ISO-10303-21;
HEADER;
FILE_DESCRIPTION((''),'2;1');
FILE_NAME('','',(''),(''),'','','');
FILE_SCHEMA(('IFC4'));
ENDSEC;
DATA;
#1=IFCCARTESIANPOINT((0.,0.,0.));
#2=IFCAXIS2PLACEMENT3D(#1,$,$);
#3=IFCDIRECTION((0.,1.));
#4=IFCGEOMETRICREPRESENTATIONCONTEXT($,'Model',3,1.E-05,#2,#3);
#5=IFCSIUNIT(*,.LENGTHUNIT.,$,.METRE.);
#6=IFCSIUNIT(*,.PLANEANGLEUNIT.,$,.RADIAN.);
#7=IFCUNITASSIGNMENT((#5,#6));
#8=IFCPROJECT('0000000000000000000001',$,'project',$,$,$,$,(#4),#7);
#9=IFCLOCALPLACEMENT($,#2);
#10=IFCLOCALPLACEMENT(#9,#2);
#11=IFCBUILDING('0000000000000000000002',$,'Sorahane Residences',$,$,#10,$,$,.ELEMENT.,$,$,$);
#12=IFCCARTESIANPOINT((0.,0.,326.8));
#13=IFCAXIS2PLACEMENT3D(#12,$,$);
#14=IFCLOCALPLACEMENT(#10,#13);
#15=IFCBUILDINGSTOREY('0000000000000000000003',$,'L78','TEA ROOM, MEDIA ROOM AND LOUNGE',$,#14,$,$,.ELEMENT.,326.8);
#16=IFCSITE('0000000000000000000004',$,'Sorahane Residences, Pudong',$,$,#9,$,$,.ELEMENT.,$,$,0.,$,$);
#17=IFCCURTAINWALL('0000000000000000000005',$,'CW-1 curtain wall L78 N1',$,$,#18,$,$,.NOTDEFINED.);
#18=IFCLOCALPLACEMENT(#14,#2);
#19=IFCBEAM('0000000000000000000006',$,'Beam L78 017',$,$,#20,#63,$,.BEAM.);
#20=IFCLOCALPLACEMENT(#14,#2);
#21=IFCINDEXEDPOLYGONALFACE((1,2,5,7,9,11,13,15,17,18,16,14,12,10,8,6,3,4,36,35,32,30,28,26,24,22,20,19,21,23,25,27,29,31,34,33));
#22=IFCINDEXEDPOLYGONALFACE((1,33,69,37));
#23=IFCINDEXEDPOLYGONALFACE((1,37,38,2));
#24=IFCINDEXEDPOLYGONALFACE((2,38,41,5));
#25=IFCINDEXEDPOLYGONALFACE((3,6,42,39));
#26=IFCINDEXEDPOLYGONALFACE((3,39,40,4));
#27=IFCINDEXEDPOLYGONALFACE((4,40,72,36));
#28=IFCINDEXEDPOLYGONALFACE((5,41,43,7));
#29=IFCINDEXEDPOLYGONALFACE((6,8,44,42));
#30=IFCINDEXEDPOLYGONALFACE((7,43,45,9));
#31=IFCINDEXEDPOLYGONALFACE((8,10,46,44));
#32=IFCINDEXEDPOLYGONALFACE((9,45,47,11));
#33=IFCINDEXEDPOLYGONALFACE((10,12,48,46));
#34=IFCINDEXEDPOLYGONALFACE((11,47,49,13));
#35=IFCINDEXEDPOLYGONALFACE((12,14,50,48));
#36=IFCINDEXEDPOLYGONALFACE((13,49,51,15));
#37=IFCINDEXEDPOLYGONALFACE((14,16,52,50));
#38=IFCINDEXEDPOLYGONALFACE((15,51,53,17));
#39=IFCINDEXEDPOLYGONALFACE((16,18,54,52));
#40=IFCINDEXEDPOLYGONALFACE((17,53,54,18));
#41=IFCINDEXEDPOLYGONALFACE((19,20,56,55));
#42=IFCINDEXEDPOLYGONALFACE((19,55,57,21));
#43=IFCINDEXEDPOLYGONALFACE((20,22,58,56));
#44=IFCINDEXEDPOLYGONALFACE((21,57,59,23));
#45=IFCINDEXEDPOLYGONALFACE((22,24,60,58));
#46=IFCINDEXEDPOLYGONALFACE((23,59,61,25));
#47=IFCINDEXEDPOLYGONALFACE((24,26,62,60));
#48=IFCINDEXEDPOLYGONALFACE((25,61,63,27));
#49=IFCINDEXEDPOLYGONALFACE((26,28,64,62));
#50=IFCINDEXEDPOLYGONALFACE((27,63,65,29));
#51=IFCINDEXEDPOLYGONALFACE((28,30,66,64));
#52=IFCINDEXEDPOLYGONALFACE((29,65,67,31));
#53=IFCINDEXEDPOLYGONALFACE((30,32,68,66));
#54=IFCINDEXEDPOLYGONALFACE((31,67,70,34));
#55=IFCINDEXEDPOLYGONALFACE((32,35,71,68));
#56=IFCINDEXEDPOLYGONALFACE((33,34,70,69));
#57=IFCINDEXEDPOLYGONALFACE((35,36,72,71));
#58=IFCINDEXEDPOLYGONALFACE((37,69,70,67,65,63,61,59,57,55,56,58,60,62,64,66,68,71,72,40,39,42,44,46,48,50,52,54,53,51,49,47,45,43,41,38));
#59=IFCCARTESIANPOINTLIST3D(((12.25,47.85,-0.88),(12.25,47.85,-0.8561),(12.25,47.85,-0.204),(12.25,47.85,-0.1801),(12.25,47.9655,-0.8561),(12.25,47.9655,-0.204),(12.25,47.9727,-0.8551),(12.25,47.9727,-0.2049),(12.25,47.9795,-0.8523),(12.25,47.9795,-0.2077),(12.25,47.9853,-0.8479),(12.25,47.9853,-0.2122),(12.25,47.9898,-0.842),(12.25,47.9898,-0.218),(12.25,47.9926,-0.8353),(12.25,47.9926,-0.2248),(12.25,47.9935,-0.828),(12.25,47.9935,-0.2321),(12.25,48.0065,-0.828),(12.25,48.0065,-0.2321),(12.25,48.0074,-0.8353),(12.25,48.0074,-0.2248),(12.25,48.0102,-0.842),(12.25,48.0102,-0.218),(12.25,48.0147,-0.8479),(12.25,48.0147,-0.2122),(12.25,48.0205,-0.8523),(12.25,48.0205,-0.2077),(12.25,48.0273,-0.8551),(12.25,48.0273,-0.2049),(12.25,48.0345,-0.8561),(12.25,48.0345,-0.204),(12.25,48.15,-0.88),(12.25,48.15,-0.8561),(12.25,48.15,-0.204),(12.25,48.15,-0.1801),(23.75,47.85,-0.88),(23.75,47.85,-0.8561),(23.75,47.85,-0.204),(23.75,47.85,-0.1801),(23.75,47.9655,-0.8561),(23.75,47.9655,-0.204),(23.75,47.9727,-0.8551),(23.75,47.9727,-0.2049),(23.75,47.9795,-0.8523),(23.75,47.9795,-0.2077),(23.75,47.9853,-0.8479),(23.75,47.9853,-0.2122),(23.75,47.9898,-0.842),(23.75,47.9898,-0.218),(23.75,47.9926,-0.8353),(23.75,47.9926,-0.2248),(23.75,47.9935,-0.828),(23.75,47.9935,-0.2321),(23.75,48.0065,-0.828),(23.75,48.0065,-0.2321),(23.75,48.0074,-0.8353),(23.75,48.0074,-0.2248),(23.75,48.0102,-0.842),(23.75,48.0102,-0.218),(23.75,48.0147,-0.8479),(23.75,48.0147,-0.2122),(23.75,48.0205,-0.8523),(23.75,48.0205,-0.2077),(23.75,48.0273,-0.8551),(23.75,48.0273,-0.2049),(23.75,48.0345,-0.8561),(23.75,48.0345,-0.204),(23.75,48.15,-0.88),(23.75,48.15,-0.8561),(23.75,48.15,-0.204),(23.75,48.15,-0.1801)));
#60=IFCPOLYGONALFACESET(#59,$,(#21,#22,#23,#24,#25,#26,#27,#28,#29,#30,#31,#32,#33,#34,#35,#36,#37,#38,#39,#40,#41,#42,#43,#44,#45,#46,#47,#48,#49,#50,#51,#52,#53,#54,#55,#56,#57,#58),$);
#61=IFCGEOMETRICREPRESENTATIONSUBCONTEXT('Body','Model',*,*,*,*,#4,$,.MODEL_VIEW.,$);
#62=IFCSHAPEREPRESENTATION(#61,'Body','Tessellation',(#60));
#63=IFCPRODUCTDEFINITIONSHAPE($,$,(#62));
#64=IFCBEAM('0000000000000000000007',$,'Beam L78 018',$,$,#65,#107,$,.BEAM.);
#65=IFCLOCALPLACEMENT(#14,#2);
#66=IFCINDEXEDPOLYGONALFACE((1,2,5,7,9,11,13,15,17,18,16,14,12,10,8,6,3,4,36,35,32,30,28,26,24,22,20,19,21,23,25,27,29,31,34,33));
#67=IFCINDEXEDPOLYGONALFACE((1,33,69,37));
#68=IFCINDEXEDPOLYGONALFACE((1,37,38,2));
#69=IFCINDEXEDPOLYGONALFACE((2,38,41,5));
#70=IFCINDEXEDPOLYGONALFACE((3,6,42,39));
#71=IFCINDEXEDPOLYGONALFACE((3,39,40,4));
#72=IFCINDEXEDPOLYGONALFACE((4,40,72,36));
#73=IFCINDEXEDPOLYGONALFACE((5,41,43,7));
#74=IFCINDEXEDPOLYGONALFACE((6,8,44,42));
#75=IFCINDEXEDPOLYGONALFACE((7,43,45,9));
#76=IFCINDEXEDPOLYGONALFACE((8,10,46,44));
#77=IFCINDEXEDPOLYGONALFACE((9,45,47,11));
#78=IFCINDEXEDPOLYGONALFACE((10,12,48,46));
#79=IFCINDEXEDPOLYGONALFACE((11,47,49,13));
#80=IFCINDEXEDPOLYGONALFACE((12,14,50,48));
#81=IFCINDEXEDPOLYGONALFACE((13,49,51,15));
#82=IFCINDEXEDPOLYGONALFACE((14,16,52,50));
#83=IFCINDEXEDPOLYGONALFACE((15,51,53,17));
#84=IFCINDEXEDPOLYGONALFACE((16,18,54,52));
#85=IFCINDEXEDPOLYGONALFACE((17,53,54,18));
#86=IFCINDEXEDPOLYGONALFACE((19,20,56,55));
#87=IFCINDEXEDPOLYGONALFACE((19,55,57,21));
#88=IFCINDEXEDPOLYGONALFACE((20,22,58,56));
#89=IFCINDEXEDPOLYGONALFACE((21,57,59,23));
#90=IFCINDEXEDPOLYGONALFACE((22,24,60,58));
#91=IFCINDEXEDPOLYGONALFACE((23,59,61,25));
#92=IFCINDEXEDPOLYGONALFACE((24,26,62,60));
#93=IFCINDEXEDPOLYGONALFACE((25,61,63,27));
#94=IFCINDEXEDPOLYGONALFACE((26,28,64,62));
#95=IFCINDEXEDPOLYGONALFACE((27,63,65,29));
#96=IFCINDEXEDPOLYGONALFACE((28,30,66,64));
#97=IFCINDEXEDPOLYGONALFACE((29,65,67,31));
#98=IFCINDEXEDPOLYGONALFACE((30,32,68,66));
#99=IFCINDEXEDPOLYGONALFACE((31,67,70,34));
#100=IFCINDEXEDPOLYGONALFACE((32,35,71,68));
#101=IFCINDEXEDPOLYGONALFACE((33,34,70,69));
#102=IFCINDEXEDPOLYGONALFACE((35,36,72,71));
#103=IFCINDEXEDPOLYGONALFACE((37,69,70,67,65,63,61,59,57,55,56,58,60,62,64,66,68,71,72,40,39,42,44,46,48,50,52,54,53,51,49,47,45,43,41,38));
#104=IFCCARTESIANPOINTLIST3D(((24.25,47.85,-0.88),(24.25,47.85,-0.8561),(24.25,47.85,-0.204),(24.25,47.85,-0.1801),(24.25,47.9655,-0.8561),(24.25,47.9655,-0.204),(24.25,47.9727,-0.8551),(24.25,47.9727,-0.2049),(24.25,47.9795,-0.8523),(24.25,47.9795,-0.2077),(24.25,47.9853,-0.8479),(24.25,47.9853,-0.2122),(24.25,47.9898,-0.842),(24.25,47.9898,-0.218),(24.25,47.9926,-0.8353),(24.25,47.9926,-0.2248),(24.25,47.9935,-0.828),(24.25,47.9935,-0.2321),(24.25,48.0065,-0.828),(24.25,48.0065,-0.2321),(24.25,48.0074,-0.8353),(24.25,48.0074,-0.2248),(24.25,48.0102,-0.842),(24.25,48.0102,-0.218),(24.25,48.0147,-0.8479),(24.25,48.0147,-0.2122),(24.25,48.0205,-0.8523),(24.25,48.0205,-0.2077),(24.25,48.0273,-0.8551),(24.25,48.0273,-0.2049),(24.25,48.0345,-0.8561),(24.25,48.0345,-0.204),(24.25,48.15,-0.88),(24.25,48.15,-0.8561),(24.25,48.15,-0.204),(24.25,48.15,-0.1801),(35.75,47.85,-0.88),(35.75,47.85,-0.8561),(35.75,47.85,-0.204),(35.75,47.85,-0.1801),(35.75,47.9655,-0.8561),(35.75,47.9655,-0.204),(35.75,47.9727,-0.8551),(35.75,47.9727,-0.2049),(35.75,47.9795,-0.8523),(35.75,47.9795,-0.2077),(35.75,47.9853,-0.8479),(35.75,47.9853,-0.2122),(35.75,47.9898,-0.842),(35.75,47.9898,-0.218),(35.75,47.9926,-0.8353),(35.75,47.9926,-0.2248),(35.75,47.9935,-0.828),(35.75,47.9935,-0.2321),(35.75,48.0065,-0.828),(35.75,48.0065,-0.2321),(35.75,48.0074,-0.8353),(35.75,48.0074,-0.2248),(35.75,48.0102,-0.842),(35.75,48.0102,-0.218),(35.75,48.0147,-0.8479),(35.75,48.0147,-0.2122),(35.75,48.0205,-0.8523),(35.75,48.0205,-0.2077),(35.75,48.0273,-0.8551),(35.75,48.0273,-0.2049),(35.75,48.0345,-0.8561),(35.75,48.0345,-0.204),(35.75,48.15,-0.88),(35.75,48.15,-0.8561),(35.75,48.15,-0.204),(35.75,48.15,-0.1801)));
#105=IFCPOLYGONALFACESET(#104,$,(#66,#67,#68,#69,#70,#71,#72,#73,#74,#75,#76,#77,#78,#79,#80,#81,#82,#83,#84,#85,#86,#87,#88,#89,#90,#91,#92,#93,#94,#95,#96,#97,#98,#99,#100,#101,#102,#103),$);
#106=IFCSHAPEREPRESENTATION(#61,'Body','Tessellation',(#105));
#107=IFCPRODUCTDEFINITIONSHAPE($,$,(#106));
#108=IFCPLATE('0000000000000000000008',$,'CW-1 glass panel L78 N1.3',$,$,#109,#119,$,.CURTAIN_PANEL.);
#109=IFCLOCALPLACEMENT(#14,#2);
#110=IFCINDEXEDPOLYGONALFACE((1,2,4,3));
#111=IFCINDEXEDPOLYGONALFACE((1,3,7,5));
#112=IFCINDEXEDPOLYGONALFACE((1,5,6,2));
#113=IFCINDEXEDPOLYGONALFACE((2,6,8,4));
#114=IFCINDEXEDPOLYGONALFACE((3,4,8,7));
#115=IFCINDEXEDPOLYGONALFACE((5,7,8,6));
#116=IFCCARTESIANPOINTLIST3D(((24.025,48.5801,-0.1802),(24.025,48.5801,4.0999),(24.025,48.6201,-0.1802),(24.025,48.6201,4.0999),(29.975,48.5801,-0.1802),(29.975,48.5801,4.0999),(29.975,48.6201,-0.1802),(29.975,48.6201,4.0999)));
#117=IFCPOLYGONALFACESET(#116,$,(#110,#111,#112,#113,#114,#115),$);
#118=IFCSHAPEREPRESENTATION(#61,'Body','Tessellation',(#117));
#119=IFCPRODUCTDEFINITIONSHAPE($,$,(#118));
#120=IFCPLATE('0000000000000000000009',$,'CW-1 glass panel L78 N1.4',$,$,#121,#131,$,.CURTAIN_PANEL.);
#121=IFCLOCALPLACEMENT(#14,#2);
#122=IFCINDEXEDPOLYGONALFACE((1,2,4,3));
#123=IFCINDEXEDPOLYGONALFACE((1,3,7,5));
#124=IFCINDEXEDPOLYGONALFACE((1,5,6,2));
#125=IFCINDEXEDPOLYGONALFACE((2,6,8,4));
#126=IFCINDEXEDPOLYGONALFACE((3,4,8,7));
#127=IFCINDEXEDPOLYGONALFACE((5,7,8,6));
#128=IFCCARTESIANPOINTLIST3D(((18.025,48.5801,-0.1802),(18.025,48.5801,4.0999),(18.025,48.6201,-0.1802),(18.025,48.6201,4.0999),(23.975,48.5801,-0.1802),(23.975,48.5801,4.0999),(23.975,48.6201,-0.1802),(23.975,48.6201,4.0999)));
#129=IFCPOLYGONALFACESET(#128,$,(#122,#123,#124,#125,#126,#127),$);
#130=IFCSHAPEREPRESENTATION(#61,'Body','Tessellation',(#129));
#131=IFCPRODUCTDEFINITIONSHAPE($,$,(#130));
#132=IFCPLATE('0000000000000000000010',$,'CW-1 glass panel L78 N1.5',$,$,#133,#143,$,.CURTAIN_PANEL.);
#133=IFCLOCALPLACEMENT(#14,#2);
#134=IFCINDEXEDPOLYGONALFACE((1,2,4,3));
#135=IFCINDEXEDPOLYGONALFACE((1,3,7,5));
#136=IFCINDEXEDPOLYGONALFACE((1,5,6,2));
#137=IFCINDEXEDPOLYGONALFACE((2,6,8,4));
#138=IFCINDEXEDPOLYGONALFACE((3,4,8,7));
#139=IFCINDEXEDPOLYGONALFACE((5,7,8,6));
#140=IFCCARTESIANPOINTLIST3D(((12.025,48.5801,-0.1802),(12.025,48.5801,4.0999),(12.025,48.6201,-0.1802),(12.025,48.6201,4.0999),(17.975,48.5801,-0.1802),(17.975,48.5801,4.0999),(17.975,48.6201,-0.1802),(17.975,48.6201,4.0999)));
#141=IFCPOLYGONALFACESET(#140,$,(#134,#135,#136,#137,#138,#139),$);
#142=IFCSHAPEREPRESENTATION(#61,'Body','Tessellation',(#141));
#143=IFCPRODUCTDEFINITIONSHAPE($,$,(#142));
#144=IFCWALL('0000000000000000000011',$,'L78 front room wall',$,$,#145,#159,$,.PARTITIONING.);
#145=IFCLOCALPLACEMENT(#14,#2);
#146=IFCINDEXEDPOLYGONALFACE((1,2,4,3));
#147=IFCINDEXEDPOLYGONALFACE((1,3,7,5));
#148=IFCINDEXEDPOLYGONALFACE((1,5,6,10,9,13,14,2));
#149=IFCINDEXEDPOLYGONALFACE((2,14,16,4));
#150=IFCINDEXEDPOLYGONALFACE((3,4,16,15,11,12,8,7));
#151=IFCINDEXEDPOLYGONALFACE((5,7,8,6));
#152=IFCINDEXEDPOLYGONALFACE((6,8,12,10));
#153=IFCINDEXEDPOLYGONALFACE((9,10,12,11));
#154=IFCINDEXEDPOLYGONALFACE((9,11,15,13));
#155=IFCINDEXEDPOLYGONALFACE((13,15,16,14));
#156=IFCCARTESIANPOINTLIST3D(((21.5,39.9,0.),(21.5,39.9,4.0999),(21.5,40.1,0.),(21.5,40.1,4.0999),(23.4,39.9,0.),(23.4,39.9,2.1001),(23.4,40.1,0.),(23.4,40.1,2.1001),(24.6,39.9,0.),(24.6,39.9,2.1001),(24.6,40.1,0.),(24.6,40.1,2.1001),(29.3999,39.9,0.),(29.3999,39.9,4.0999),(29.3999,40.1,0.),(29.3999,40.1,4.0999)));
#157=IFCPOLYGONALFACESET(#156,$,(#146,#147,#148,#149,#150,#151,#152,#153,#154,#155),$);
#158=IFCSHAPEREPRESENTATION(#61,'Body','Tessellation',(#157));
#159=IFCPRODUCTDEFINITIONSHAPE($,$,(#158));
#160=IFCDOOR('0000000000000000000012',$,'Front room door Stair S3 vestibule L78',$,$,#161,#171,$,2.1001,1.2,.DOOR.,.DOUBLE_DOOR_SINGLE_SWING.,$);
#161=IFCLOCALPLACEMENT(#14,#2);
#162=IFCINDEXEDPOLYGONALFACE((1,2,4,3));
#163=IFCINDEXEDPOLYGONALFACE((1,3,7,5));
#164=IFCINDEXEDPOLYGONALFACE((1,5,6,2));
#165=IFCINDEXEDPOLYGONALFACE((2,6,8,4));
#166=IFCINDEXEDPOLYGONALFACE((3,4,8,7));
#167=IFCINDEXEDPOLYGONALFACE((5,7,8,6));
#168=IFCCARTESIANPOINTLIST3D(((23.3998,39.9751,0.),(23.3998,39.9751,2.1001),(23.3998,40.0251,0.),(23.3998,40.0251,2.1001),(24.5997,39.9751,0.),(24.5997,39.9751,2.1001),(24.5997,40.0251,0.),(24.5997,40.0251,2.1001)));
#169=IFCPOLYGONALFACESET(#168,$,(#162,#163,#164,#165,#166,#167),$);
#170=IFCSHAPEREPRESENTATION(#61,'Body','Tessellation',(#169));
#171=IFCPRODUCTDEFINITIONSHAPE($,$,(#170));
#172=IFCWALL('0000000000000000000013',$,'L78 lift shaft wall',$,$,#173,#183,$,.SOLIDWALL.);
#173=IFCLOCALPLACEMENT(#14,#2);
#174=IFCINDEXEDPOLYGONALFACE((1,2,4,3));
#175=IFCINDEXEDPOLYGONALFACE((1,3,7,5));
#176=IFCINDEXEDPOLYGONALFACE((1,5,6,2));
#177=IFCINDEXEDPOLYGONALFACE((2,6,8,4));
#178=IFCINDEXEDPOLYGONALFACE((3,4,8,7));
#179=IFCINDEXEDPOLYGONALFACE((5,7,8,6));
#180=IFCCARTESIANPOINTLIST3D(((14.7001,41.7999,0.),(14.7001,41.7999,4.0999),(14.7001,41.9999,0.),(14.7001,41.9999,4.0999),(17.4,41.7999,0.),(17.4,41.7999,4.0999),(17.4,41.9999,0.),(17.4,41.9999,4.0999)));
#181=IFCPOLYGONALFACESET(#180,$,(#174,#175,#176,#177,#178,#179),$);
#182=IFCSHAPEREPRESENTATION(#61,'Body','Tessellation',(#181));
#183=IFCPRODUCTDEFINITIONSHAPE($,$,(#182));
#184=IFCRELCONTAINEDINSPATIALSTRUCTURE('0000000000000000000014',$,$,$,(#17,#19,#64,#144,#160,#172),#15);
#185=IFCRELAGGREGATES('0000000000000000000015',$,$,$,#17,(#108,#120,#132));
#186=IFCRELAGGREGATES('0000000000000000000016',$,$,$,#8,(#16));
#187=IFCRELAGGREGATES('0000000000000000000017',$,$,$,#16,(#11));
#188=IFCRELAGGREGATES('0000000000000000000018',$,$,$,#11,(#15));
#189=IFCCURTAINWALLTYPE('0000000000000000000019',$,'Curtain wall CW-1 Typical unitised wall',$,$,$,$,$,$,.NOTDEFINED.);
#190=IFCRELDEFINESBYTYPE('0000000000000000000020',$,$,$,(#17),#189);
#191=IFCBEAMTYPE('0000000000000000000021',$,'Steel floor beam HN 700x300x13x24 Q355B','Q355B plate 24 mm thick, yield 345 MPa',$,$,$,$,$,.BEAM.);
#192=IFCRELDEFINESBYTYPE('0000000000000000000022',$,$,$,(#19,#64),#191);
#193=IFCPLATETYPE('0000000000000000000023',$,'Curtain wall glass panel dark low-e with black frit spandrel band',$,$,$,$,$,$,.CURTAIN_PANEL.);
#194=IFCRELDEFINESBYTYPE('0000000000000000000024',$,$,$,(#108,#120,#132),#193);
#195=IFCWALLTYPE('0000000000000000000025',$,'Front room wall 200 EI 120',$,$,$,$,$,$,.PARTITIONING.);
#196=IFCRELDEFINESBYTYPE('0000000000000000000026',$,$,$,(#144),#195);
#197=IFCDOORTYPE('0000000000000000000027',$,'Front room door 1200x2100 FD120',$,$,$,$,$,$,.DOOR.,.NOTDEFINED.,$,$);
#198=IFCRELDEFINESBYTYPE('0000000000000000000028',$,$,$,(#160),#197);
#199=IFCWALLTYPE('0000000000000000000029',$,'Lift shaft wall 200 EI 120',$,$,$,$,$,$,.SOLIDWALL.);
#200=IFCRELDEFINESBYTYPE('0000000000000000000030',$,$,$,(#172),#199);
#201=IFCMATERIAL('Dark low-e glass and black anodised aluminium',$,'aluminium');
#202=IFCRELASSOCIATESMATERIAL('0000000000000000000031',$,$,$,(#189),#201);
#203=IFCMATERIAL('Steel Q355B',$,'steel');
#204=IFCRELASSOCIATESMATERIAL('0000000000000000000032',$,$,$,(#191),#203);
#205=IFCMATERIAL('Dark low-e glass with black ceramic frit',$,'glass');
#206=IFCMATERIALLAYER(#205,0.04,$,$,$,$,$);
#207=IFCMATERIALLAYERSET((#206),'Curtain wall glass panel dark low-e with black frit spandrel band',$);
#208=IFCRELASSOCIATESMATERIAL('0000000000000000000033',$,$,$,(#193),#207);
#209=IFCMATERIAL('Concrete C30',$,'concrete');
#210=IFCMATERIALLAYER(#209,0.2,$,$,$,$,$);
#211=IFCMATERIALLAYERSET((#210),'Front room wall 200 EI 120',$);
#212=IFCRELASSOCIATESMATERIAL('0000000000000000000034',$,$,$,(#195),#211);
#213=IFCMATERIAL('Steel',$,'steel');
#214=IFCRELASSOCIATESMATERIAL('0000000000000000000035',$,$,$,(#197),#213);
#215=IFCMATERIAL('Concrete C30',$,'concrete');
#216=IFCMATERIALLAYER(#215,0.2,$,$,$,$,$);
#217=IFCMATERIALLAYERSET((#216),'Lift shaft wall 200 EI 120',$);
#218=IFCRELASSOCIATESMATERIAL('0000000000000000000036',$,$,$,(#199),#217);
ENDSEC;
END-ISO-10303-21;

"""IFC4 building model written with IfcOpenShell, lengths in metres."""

from ifc_helpers import new_model, si_unit, direction, frame, frame_2d, origin, origin_2d, place, context, subcontext, project, spatial, rectangle, i_section, extrude, material, layer, layer_set, material_profile, profile_set, type_object, element, fill, aggregate, save


model = new_model("IFC4")

# Units and contexts
model_context = context("Model", 3, precision=1e-05, world=origin(), true_north=direction((0.0, 1.0)))
body_context = subcontext(model_context, "Body", "Model", "MODEL_VIEW")
ifc_project = project(units=[si_unit("LENGTHUNIT", "METRE"), si_unit("PLANEANGLEUNIT", "RADIAN")], contexts=[model_context])

# Site, building, storey
site_placement = place(None, origin())
site = spatial("IfcSite", under=ifc_project, at=site_placement, Name="Sorahane Residences, Pudong", CompositionType="ELEMENT", RefElevation=0.0)
building_placement = place(site_placement, origin())
building = spatial("IfcBuilding", under=site, at=building_placement, Name="Sorahane Residences", CompositionType="ELEMENT")
storey_placement = place(building_placement, frame((0.0, 0.0, 326.8)))
storey = spatial("IfcBuildingStorey", under=building, at=storey_placement, Name="L78", Description="TEA ROOM, MEDIA ROOM AND LOUNGE", CompositionType="ELEMENT", Elevation=326.8)

# Curtain wall
ifc_material_1 = material(Name="Dark low-e glass and black anodised aluminium", Category="aluminium")
curtain_wall_type = type_object("IfcCurtainWallType", Name="Curtain wall CW-1 Typical unitised wall", PredefinedType="NOTDEFINED", material=ifc_material_1)
curtain_wall_placement = place(storey_placement, origin())
curtain_wall = element("IfcCurtainWall", 1, at=curtain_wall_placement, inside=storey, type_object=curtain_wall_type, Name="CW-1 curtain wall L78 N1", PredefinedType="NOTDEFINED")

# Beams
ifc_material_2 = material(Name="Steel Q355B", Category="steel")
ifc_material_profile_1 = material_profile(ifc_material_2, i_section(OverallWidth=0.3, OverallDepth=0.7, WebThickness=0.0129, FlangeThickness=0.0239, FilletRadius=0.0281, at=origin_2d()), Name="HN 700x300x13x24")
ifc_profile_set_1 = profile_set([ifc_material_profile_1], Name="Steel Q355B")
beam_type_1 = type_object("IfcBeamType", Name="Steel floor beam HN 700x300x13x24 Q355B", Description="Q355B plate 24 mm thick, yield 345 MPa", PredefinedType="BEAM", material=ifc_profile_set_1)
for number, where, z_axis, x_axis, name in (
    (2, (12.25, 48.0, -0.53), (1.0, 0.0, 0.0), (0.0, 1.0, 0.0), "Beam L78 017"),
    (3, (24.25, 48.0, -0.53), (1.0, 0.0, 0.0), (0.0, 1.0, 0.0), "Beam L78 018"),
):
    element("IfcBeam", number, at=place(storey_placement, frame(where, z_axis=z_axis, x_axis=x_axis)), inside=storey, type_object=beam_type_1, Name=name, PredefinedType="BEAM", context=body_context, shape_type="SweptSolid", body=[
        extrude(i_section(OverallWidth=0.3, OverallDepth=0.7, WebThickness=0.0129, FlangeThickness=0.0239, FilletRadius=0.0281, at=origin_2d()), origin(), (0.0, 0.0, 1.0), 11.5),
    ])

# Plates
ifc_material_3 = material(Name="Dark low-e glass with black ceramic frit", Category="glass")
ifc_layer_1 = layer(ifc_material_3, 0.04)
ifc_layer_set_1 = layer_set([ifc_layer_1], Name="Curtain wall glass panel dark low-e with black frit spandrel band")
plate_type = type_object("IfcPlateType", Name="Curtain wall glass panel dark low-e with black frit spandrel band", PredefinedType="CURTAIN_PANEL", material=ifc_layer_set_1)
plate_1_placement = place(storey_placement, frame((27.0, 48.6001, -0.1802), z_axis=(0.0, 0.0, 1.0), x_axis=(-1.0, 0.0, 0.0)))
plate_1 = element("IfcPlate", 4, at=plate_1_placement, type_object=plate_type, Name="CW-1 glass panel L78 N1.3", PredefinedType="CURTAIN_PANEL", context=body_context, shape_type="SweptSolid", body=[
    extrude(rectangle(XDim=5.95, YDim=0.04, at=origin_2d()), origin(), (0.0, 0.0, 1.0), 4.28),
])
plate_2_placement = place(storey_placement, frame((21.0, 48.6001, -0.1802), z_axis=(0.0, 0.0, 1.0), x_axis=(-1.0, 0.0, 0.0)))
plate_2 = element("IfcPlate", 5, at=plate_2_placement, type_object=plate_type, Name="CW-1 glass panel L78 N1.4", PredefinedType="CURTAIN_PANEL", context=body_context, shape_type="SweptSolid", body=[
    extrude(rectangle(XDim=5.95, YDim=0.04, at=origin_2d()), origin(), (0.0, 0.0, 1.0), 4.28),
])
plate_3_placement = place(storey_placement, frame((15.0, 48.6001, -0.1802), z_axis=(0.0, 0.0, 1.0), x_axis=(-1.0, 0.0, 0.0)))
plate_3 = element("IfcPlate", 6, at=plate_3_placement, type_object=plate_type, Name="CW-1 glass panel L78 N1.5", PredefinedType="CURTAIN_PANEL", context=body_context, shape_type="SweptSolid", body=[
    extrude(rectangle(XDim=5.95, YDim=0.04, at=origin_2d()), origin(), (0.0, 0.0, 1.0), 4.28),
])
aggregate(curtain_wall, [plate_1, plate_2, plate_3])

# Wall, opening, door
ifc_material_4 = material(Name="Concrete C30", Category="concrete")
ifc_layer_2 = layer(ifc_material_4, 0.2)
ifc_layer_set_2 = layer_set([ifc_layer_2], Name="Front room wall 200 EI 120")
wall_type_1 = type_object("IfcWallType", Name="Front room wall 200 EI 120", PredefinedType="PARTITIONING", material=ifc_layer_set_2)
wall_1_placement = place(storey_placement, frame((21.5, 40.0, 0.0), z_axis=(0.0, 0.0, 1.0), x_axis=(1.0, 0.0, 0.0)))
wall_1 = element("IfcWall", 7, at=wall_1_placement, inside=storey, type_object=wall_type_1, Name="L78 front room wall", PredefinedType="PARTITIONING", context=body_context, shape_type="SweptSolid", body=[
    extrude(rectangle(XDim=7.8999, YDim=0.2, at=frame_2d((3.95, 0.0))), origin(), (0.0, 0.0, 1.0), 4.0999),
])
opening_placement = place(wall_1_placement, frame((1.8999, 0.0, 0.0)))
opening = element("IfcOpeningElement", 8, at=opening_placement, cuts=wall_1, PredefinedType="OPENING", context=body_context, shape_type="SweptSolid", body=[
    extrude(rectangle(XDim=1.2, YDim=2.1001, at=frame_2d((0.6001, 1.05))), frame((0.0, 0.1099, 0.0), z_axis=(0.0, -1.0, 0.0), x_axis=(1.0, 0.0, 0.0)), (0.0, 0.0, 1.0), 0.22),
])
ifc_material_5 = material(Name="Steel", Category="steel")
door_type = type_object("IfcDoorType", Name="Front room door 1200x2100 FD120", OperationType="NOTDEFINED", PredefinedType="DOOR", material=ifc_material_5)
door_placement = place(opening_placement, frame((1.2, 0.0, 0.0), z_axis=(0.0, 0.0, 1.0), x_axis=(-1.0, 0.0, 0.0)))
door = element("IfcDoor", 9, at=door_placement, inside=storey, type_object=door_type, Name="Front room door Stair S3 vestibule L78", OperationType="DOUBLE_DOOR_SINGLE_SWING", OverallHeight=2.1001, OverallWidth=1.2, PredefinedType="DOOR", context=body_context, shape_type="SweptSolid", body=[
    extrude(rectangle(XDim=1.2, YDim=2.1001, at=frame_2d((0.6001, 1.05))), frame((0.0, 0.0249, 0.0), z_axis=(0.0, -1.0, 0.0), x_axis=(1.0, 0.0, 0.0)), (0.0, 0.0, 1.0), 0.05),
])
fill(opening, door)

# Wall
ifc_material_6 = material(Name="Concrete C30", Category="concrete")
ifc_layer_3 = layer(ifc_material_6, 0.2)
ifc_layer_set_3 = layer_set([ifc_layer_3], Name="Lift shaft wall 200 EI 120")
wall_type_2 = type_object("IfcWallType", Name="Lift shaft wall 200 EI 120", PredefinedType="SOLIDWALL", material=ifc_layer_set_3)
wall_2_placement = place(storey_placement, frame((14.7, 41.8999, 0.0), z_axis=(0.0, 0.0, 1.0), x_axis=(1.0, 0.0, 0.0)))
element("IfcWall", 10, at=wall_2_placement, inside=storey, type_object=wall_type_2, Name="L78 lift shaft wall", PredefinedType="SOLIDWALL", context=body_context, shape_type="SweptSolid", body=[
    extrude(rectangle(XDim=2.7, YDim=0.2, at=frame_2d((1.3501, 0.0))), origin(), (0.0, 0.0, 1.0), 4.0999),
])

save(model, "model.ifc")
